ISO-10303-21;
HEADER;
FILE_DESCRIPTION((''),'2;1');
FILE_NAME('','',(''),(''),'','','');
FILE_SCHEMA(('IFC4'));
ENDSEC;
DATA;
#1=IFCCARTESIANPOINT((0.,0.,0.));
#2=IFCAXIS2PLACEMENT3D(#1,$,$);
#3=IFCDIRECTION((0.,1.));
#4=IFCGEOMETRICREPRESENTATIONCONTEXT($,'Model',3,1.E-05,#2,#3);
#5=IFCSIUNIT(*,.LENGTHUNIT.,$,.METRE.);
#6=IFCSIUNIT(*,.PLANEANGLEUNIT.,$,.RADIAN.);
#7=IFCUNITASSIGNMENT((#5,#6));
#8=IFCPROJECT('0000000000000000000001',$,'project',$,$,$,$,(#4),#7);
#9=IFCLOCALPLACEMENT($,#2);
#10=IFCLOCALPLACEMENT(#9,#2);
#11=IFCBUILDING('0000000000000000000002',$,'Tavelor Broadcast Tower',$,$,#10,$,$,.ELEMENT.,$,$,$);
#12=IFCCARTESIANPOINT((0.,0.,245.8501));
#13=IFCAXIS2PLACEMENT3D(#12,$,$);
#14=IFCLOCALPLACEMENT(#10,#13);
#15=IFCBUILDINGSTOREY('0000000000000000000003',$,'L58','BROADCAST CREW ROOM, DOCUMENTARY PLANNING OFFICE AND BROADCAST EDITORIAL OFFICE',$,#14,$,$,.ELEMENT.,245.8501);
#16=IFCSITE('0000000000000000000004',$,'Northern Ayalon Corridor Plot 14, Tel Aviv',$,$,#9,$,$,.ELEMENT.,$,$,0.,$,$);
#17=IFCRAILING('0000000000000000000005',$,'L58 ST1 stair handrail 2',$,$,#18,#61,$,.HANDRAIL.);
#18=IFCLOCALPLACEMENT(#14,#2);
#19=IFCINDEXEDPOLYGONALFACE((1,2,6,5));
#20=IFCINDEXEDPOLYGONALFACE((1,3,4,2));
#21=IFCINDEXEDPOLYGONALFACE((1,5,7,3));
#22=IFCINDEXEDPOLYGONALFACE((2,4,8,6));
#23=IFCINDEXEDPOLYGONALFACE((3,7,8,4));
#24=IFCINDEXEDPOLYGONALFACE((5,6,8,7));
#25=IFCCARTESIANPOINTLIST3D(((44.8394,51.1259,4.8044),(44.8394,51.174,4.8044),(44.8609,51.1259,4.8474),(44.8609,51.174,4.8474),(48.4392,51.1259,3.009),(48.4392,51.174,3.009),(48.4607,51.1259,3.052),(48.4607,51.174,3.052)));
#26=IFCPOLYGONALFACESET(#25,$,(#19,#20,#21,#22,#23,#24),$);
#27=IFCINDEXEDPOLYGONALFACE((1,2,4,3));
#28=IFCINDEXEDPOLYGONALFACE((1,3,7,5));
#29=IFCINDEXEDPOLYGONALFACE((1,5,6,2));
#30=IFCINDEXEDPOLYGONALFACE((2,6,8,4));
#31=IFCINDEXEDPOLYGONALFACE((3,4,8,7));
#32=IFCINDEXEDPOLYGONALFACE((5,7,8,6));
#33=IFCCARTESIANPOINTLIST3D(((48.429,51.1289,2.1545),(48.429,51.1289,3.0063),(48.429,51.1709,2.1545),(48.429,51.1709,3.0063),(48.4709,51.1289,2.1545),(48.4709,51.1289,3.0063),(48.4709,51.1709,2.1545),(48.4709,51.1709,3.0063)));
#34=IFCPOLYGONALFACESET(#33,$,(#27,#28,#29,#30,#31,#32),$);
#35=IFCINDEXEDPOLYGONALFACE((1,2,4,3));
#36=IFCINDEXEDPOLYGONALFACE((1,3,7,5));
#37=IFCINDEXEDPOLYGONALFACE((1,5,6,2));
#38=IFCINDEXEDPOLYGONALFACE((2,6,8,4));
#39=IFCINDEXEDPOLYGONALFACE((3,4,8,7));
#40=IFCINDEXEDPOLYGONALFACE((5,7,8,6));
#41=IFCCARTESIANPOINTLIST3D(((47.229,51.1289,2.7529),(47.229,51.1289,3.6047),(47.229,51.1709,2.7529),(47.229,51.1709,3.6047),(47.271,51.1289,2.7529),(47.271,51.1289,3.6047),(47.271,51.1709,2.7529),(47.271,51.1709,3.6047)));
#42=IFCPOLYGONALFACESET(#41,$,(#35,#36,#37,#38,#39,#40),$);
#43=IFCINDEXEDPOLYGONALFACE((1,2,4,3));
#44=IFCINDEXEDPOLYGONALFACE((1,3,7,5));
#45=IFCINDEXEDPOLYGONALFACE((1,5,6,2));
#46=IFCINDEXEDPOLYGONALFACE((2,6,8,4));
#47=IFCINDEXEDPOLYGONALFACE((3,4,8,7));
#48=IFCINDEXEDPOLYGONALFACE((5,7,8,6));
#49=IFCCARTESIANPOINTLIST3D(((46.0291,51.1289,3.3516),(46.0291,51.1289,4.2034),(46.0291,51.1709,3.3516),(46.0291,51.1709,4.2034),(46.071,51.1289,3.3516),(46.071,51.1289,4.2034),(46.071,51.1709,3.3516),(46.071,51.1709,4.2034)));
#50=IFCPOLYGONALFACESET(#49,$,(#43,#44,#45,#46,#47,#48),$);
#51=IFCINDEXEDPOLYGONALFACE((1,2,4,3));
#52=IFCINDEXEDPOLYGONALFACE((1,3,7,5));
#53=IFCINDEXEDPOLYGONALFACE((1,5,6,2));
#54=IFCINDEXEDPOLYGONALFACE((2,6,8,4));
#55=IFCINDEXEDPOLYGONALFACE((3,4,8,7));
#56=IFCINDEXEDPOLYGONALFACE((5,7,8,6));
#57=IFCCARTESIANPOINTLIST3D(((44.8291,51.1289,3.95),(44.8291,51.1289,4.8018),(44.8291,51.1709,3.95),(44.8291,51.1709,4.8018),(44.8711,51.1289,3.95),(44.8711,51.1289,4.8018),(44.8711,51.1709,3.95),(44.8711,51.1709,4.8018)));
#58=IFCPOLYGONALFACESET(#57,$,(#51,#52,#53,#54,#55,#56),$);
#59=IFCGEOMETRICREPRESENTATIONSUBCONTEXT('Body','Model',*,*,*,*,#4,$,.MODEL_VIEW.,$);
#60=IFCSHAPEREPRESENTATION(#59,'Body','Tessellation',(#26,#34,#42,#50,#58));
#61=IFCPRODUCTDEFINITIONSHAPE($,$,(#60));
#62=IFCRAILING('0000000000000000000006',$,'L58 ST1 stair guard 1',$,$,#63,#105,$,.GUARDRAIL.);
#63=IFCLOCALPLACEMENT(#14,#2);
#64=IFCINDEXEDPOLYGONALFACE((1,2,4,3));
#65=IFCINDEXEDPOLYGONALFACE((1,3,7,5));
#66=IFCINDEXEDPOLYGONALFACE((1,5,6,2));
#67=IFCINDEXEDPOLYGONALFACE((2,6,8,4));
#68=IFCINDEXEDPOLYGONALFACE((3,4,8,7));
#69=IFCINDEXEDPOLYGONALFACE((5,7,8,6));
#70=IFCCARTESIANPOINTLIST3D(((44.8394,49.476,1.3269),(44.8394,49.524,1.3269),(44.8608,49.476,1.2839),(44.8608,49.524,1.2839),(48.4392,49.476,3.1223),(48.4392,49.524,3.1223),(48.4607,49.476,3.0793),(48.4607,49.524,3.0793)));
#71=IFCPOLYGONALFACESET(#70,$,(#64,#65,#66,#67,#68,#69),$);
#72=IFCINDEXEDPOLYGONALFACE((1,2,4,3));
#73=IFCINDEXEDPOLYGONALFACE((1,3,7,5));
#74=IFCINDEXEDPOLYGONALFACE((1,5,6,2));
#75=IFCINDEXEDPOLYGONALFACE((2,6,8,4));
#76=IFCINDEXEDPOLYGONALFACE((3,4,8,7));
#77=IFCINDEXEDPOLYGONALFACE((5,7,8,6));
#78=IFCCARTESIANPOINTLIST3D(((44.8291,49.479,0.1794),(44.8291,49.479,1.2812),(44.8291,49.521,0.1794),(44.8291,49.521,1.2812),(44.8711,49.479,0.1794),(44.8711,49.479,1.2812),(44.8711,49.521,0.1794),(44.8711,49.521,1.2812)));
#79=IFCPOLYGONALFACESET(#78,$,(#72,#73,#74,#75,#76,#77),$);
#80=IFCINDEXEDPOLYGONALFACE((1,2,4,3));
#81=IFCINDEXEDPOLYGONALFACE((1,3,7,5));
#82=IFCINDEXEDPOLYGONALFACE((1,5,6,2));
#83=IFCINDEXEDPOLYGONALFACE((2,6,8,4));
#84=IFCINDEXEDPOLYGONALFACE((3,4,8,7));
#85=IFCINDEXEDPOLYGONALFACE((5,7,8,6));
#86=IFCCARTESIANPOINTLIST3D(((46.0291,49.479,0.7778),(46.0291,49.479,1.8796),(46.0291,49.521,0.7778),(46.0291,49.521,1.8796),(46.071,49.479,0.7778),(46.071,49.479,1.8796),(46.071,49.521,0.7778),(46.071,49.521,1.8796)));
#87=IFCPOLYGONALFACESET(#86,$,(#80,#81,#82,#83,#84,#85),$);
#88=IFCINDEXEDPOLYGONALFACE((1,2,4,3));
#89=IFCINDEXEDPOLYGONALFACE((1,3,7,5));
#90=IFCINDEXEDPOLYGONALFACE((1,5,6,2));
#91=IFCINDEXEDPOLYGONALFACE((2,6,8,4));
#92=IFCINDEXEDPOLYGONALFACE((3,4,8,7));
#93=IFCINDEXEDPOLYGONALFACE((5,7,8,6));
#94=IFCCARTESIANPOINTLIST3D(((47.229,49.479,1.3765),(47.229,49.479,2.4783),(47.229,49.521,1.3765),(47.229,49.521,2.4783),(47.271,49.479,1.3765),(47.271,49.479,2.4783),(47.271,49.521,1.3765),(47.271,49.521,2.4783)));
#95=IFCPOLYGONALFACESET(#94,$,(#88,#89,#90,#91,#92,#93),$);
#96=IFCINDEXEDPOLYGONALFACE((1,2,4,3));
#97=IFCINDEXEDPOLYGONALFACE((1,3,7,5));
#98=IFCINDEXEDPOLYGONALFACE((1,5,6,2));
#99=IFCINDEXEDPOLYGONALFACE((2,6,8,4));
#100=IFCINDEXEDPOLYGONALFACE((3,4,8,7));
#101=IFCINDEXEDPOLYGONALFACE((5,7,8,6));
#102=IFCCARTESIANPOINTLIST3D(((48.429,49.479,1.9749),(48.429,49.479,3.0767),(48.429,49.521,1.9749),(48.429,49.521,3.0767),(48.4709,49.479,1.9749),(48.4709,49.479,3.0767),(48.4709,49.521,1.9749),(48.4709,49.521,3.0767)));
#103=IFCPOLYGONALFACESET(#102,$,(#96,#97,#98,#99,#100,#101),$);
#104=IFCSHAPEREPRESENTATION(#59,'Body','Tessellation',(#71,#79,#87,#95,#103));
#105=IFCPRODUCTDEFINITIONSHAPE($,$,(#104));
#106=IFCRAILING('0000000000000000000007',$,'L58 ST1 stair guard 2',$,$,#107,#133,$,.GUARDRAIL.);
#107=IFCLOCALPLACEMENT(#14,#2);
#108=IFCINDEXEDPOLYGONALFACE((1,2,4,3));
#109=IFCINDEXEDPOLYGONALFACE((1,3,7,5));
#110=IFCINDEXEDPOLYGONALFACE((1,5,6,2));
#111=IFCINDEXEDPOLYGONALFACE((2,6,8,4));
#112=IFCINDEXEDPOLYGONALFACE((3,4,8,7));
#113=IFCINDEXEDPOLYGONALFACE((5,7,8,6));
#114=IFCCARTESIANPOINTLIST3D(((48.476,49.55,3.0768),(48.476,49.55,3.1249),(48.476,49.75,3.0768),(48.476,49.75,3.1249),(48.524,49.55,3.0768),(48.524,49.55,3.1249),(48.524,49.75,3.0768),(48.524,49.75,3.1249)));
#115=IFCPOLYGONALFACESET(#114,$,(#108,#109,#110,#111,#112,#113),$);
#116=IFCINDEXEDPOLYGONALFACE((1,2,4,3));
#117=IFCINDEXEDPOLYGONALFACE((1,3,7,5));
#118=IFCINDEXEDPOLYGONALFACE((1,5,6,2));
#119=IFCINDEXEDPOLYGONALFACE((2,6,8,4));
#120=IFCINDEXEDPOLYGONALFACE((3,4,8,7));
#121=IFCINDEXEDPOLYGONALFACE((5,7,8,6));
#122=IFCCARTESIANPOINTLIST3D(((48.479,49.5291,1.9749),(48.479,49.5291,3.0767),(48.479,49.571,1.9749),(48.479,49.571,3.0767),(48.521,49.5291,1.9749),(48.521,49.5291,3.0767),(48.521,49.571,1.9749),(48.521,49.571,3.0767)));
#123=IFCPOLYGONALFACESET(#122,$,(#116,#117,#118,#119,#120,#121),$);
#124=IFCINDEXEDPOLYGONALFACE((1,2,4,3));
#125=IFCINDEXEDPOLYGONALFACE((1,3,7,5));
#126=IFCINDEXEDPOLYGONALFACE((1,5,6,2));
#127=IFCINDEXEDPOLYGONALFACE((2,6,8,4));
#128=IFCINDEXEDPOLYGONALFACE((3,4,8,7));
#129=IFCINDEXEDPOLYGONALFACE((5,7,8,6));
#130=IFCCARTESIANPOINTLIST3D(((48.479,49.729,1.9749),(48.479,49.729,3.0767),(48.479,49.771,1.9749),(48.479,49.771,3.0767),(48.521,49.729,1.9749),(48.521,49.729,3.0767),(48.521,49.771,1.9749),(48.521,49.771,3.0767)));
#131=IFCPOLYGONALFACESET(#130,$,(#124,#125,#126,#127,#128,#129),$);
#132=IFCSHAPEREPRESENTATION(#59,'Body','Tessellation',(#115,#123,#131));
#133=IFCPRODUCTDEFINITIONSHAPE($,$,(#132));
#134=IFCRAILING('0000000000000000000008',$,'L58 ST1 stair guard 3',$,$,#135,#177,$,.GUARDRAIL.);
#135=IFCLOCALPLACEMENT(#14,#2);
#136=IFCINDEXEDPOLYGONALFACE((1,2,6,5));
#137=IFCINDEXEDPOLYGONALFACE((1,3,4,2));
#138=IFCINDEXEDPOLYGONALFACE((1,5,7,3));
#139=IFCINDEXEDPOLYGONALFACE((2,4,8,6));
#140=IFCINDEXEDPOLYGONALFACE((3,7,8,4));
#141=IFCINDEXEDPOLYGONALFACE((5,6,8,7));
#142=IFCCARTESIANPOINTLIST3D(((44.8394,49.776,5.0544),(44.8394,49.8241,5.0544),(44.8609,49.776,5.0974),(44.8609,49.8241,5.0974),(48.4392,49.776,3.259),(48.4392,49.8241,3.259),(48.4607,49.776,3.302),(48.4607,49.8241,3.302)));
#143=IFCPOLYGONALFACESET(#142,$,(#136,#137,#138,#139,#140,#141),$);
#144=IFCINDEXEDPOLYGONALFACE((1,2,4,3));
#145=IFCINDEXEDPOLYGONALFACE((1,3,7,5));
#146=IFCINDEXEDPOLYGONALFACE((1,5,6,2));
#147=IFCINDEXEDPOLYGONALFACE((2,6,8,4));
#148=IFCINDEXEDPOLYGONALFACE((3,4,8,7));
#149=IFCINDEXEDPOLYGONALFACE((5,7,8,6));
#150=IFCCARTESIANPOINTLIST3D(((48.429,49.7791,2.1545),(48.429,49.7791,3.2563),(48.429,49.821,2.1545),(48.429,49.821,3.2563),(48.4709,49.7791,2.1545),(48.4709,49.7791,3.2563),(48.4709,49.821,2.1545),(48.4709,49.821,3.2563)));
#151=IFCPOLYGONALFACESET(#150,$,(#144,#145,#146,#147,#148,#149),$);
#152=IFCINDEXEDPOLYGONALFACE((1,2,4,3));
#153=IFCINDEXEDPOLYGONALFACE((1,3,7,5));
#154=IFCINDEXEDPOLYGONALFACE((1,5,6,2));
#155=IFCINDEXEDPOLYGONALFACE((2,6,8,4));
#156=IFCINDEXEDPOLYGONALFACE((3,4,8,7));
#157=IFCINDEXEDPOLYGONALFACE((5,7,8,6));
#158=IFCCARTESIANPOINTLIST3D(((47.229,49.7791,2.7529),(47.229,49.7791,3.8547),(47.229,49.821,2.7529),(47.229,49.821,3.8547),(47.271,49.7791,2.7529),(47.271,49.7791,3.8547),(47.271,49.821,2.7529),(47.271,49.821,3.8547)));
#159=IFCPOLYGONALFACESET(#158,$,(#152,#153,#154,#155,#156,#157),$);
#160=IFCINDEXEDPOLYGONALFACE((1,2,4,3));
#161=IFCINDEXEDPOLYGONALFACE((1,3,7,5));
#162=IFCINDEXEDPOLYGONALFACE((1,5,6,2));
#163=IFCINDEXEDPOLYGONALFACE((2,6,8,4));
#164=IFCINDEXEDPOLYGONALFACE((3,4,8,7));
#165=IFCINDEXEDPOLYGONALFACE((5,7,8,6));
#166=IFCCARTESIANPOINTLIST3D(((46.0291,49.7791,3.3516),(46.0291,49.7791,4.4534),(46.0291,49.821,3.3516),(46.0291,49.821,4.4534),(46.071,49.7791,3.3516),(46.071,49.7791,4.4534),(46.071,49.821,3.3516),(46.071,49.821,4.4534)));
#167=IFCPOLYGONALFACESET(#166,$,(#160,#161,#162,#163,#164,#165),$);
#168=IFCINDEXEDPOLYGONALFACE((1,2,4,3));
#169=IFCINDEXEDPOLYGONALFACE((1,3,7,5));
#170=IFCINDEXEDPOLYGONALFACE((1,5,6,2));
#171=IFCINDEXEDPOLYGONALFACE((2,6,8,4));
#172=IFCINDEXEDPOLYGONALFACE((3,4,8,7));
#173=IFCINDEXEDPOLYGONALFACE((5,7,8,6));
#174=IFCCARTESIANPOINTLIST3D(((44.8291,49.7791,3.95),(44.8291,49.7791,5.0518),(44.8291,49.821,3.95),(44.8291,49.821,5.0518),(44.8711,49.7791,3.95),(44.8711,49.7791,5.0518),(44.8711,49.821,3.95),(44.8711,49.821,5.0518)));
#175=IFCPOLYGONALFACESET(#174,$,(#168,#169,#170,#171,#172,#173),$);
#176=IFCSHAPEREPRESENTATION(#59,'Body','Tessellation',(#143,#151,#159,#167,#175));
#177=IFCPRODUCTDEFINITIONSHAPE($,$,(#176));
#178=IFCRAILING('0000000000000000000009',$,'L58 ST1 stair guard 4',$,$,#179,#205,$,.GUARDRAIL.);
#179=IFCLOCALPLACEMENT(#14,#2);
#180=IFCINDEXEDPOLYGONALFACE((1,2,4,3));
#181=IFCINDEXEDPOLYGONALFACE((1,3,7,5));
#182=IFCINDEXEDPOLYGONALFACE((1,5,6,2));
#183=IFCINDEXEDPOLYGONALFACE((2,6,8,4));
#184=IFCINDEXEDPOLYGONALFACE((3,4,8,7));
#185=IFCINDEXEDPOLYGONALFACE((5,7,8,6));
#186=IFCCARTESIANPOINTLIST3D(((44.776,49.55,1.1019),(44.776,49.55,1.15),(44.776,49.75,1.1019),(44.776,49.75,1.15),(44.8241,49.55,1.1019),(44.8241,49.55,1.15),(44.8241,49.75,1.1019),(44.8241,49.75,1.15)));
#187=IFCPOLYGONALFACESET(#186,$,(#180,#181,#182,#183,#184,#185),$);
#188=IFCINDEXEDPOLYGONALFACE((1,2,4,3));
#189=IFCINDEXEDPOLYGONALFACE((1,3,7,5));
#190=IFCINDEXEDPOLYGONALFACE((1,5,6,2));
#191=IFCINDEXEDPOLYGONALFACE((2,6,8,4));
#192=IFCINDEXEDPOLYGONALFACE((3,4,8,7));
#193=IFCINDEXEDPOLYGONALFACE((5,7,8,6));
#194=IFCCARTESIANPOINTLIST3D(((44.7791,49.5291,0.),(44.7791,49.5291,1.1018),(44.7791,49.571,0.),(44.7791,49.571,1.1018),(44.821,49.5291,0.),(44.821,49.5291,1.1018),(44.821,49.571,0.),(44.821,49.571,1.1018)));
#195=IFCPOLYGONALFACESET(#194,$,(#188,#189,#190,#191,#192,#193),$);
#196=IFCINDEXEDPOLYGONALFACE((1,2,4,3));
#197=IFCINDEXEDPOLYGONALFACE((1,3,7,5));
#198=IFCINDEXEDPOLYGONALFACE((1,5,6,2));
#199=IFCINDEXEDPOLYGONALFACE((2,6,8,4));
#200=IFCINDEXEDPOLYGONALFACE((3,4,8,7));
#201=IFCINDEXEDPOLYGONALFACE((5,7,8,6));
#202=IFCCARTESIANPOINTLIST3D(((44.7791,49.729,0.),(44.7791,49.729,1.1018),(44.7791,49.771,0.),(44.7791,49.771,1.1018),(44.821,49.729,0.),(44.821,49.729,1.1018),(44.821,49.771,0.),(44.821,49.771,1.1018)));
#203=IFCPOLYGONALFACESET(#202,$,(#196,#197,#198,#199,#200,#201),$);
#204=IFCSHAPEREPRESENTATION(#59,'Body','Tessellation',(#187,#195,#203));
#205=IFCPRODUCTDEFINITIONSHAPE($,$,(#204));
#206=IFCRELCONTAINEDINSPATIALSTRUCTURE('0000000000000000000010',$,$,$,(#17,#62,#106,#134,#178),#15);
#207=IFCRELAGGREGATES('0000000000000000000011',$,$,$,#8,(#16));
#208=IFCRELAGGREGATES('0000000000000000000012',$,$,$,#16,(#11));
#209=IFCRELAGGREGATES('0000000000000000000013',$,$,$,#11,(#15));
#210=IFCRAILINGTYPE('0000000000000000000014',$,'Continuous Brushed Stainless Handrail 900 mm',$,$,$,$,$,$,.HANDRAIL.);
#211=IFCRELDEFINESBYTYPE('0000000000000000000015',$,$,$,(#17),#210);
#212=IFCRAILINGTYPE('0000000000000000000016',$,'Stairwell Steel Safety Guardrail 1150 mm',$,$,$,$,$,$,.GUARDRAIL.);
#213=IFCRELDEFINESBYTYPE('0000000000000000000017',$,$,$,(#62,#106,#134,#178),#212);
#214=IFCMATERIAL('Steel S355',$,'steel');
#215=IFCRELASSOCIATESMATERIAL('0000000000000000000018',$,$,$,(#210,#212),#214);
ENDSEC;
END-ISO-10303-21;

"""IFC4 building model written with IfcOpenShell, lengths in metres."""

from ifc_helpers import new_model, si_unit, direction, frame, origin, origin_2d, place, context, subcontext, project, spatial, rectangle, extrude, material, type_object, element, save


model = new_model("IFC4")

# Units and contexts
model_context = context("Model", 3, precision=1e-05, world=origin(), true_north=direction((0.0, 1.0)))
body_context = subcontext(model_context, "Body", "Model", "MODEL_VIEW")
ifc_project = project(units=[si_unit("LENGTHUNIT", "METRE"), si_unit("PLANEANGLEUNIT", "RADIAN")], contexts=[model_context])

# Site, building, storey
site_placement = place(None, origin())
site = spatial("IfcSite", under=ifc_project, at=site_placement, Name="Northern Ayalon Corridor Plot 14, Tel Aviv", CompositionType="ELEMENT", RefElevation=0.0)
building_placement = place(site_placement, origin())
building = spatial("IfcBuilding", under=site, at=building_placement, Name="Tavelor Broadcast Tower", CompositionType="ELEMENT")
storey_placement = place(building_placement, frame((0.0, 0.0, 245.8501)))
storey = spatial("IfcBuildingStorey", under=building, at=storey_placement, Name="L58", Description="BROADCAST CREW ROOM, DOCUMENTARY PLANNING OFFICE AND BROADCAST EDITORIAL OFFICE", CompositionType="ELEMENT", Elevation=245.8501)

# Shared definitions
ifc_material_1 = material(Name="Steel S355", Category="steel")

# Railings
railing_type_1 = type_object("IfcRailingType", Name="Continuous Brushed Stainless Handrail 900 mm", PredefinedType="HANDRAIL", material=ifc_material_1)
railing_1_placement = place(storey_placement, frame((48.45, 51.1499, 2.1545)))
element("IfcRailing", 1, at=railing_1_placement, inside=storey, type_object=railing_type_1, Name="L58 ST1 stair handrail 2", PredefinedType="HANDRAIL", context=body_context, shape_type="SweptSolid", body=[
    extrude(rectangle(XDim=0.0481, YDim=0.0481, at=origin_2d()), frame((0.0, 0.0, 0.876), z_axis=(-0.894876, 0.0, 0.446315), x_axis=(0.0, -1.0, 0.0)), (0.0, 0.0, 1.0), 4.0227),
    extrude(rectangle(XDim=0.042, YDim=0.042, at=origin_2d()), origin(), (0.0, 0.0, 1.0), 0.8518),
    extrude(rectangle(XDim=0.042, YDim=0.042, at=origin_2d()), frame((-1.2, 0.0, 0.5984)), (0.0, 0.0, 1.0), 0.8518),
    extrude(rectangle(XDim=0.042, YDim=0.042, at=origin_2d()), frame((-2.3999, 0.0, 1.197)), (0.0, 0.0, 1.0), 0.8518),
    extrude(rectangle(XDim=0.042, YDim=0.042, at=origin_2d()), frame((-3.5999, 0.0, 1.7954)), (0.0, 0.0, 1.0), 0.8518),
])
railing_type_2 = type_object("IfcRailingType", Name="Stairwell Steel Safety Guardrail 1150 mm", PredefinedType="GUARDRAIL", material=ifc_material_1)
railing_2_placement = place(storey_placement, frame((44.8501, 49.5, 0.1794)))
element("IfcRailing", 2, at=railing_2_placement, inside=storey, type_object=railing_type_2, Name="L58 ST1 stair guard 1", PredefinedType="GUARDRAIL", context=body_context, shape_type="SweptSolid", body=[
    extrude(rectangle(XDim=0.0481, YDim=0.0481, at=origin_2d()), frame((0.0, 0.0, 1.126), z_axis=(0.894876, 0.0, 0.446315), x_axis=(0.0, 1.0, 0.0)), (0.0, 0.0, 1.0), 4.0227),
    extrude(rectangle(XDim=0.042, YDim=0.042, at=origin_2d()), origin(), (0.0, 0.0, 1.0), 1.1018),
    extrude(rectangle(XDim=0.042, YDim=0.042, at=origin_2d()), frame((1.2, 0.0, 0.5984)), (0.0, 0.0, 1.0), 1.1018),
    extrude(rectangle(XDim=0.042, YDim=0.042, at=origin_2d()), frame((2.3999, 0.0, 1.197)), (0.0, 0.0, 1.0), 1.1018),
    extrude(rectangle(XDim=0.042, YDim=0.042, at=origin_2d()), frame((3.5999, 0.0, 1.7954)), (0.0, 0.0, 1.0), 1.1018),
])
railing_3_placement = place(storey_placement, frame((48.5, 49.55, 1.9749)))
element("IfcRailing", 3, at=railing_3_placement, inside=storey, type_object=railing_type_2, Name="L58 ST1 stair guard 2", PredefinedType="GUARDRAIL", context=body_context, shape_type="SweptSolid", body=[
    extrude(rectangle(XDim=0.0481, YDim=0.0481, at=origin_2d()), frame((0.0, 0.0, 1.126), z_axis=(0.0, 1.0, 0.0), x_axis=(-1.0, 0.0, 0.0)), (0.0, 0.0, 1.0), 0.2),
    extrude(rectangle(XDim=0.042, YDim=0.042, at=origin_2d()), origin(), (0.0, 0.0, 1.0), 1.1018),
    extrude(rectangle(XDim=0.042, YDim=0.042, at=origin_2d()), frame((0.0, 0.2, 0.0)), (0.0, 0.0, 1.0), 1.1018),
])
railing_4_placement = place(storey_placement, frame((48.45, 49.8, 2.1545)))
element("IfcRailing", 4, at=railing_4_placement, inside=storey, type_object=railing_type_2, Name="L58 ST1 stair guard 3", PredefinedType="GUARDRAIL", context=body_context, shape_type="SweptSolid", body=[
    extrude(rectangle(XDim=0.0481, YDim=0.0481, at=origin_2d()), frame((0.0, 0.0, 1.126), z_axis=(-0.894876, 0.0, 0.446315), x_axis=(0.0, -1.0, 0.0)), (0.0, 0.0, 1.0), 4.0227),
    extrude(rectangle(XDim=0.042, YDim=0.042, at=origin_2d()), origin(), (0.0, 0.0, 1.0), 1.1018),
    extrude(rectangle(XDim=0.042, YDim=0.042, at=origin_2d()), frame((-1.2, 0.0, 0.5984)), (0.0, 0.0, 1.0), 1.1018),
    extrude(rectangle(XDim=0.042, YDim=0.042, at=origin_2d()), frame((-2.3999, 0.0, 1.197)), (0.0, 0.0, 1.0), 1.1018),
    extrude(rectangle(XDim=0.042, YDim=0.042, at=origin_2d()), frame((-3.5999, 0.0, 1.7954)), (0.0, 0.0, 1.0), 1.1018),
])
railing_5_placement = place(storey_placement, frame((44.8, 49.55, 0.0)))
element("IfcRailing", 5, at=railing_5_placement, inside=storey, type_object=railing_type_2, Name="L58 ST1 stair guard 4", PredefinedType="GUARDRAIL", context=body_context, shape_type="SweptSolid", body=[
    extrude(rectangle(XDim=0.0481, YDim=0.0481, at=origin_2d()), frame((0.0, 0.0, 1.126), z_axis=(0.0, 1.0, 0.0), x_axis=(-1.0, 0.0, 0.0)), (0.0, 0.0, 1.0), 0.2),
    extrude(rectangle(XDim=0.042, YDim=0.042, at=origin_2d()), origin(), (0.0, 0.0, 1.0), 1.1018),
    extrude(rectangle(XDim=0.042, YDim=0.042, at=origin_2d()), frame((0.0, 0.2, 0.0)), (0.0, 0.0, 1.0), 1.1018),
])

save(model, "model.ifc")
